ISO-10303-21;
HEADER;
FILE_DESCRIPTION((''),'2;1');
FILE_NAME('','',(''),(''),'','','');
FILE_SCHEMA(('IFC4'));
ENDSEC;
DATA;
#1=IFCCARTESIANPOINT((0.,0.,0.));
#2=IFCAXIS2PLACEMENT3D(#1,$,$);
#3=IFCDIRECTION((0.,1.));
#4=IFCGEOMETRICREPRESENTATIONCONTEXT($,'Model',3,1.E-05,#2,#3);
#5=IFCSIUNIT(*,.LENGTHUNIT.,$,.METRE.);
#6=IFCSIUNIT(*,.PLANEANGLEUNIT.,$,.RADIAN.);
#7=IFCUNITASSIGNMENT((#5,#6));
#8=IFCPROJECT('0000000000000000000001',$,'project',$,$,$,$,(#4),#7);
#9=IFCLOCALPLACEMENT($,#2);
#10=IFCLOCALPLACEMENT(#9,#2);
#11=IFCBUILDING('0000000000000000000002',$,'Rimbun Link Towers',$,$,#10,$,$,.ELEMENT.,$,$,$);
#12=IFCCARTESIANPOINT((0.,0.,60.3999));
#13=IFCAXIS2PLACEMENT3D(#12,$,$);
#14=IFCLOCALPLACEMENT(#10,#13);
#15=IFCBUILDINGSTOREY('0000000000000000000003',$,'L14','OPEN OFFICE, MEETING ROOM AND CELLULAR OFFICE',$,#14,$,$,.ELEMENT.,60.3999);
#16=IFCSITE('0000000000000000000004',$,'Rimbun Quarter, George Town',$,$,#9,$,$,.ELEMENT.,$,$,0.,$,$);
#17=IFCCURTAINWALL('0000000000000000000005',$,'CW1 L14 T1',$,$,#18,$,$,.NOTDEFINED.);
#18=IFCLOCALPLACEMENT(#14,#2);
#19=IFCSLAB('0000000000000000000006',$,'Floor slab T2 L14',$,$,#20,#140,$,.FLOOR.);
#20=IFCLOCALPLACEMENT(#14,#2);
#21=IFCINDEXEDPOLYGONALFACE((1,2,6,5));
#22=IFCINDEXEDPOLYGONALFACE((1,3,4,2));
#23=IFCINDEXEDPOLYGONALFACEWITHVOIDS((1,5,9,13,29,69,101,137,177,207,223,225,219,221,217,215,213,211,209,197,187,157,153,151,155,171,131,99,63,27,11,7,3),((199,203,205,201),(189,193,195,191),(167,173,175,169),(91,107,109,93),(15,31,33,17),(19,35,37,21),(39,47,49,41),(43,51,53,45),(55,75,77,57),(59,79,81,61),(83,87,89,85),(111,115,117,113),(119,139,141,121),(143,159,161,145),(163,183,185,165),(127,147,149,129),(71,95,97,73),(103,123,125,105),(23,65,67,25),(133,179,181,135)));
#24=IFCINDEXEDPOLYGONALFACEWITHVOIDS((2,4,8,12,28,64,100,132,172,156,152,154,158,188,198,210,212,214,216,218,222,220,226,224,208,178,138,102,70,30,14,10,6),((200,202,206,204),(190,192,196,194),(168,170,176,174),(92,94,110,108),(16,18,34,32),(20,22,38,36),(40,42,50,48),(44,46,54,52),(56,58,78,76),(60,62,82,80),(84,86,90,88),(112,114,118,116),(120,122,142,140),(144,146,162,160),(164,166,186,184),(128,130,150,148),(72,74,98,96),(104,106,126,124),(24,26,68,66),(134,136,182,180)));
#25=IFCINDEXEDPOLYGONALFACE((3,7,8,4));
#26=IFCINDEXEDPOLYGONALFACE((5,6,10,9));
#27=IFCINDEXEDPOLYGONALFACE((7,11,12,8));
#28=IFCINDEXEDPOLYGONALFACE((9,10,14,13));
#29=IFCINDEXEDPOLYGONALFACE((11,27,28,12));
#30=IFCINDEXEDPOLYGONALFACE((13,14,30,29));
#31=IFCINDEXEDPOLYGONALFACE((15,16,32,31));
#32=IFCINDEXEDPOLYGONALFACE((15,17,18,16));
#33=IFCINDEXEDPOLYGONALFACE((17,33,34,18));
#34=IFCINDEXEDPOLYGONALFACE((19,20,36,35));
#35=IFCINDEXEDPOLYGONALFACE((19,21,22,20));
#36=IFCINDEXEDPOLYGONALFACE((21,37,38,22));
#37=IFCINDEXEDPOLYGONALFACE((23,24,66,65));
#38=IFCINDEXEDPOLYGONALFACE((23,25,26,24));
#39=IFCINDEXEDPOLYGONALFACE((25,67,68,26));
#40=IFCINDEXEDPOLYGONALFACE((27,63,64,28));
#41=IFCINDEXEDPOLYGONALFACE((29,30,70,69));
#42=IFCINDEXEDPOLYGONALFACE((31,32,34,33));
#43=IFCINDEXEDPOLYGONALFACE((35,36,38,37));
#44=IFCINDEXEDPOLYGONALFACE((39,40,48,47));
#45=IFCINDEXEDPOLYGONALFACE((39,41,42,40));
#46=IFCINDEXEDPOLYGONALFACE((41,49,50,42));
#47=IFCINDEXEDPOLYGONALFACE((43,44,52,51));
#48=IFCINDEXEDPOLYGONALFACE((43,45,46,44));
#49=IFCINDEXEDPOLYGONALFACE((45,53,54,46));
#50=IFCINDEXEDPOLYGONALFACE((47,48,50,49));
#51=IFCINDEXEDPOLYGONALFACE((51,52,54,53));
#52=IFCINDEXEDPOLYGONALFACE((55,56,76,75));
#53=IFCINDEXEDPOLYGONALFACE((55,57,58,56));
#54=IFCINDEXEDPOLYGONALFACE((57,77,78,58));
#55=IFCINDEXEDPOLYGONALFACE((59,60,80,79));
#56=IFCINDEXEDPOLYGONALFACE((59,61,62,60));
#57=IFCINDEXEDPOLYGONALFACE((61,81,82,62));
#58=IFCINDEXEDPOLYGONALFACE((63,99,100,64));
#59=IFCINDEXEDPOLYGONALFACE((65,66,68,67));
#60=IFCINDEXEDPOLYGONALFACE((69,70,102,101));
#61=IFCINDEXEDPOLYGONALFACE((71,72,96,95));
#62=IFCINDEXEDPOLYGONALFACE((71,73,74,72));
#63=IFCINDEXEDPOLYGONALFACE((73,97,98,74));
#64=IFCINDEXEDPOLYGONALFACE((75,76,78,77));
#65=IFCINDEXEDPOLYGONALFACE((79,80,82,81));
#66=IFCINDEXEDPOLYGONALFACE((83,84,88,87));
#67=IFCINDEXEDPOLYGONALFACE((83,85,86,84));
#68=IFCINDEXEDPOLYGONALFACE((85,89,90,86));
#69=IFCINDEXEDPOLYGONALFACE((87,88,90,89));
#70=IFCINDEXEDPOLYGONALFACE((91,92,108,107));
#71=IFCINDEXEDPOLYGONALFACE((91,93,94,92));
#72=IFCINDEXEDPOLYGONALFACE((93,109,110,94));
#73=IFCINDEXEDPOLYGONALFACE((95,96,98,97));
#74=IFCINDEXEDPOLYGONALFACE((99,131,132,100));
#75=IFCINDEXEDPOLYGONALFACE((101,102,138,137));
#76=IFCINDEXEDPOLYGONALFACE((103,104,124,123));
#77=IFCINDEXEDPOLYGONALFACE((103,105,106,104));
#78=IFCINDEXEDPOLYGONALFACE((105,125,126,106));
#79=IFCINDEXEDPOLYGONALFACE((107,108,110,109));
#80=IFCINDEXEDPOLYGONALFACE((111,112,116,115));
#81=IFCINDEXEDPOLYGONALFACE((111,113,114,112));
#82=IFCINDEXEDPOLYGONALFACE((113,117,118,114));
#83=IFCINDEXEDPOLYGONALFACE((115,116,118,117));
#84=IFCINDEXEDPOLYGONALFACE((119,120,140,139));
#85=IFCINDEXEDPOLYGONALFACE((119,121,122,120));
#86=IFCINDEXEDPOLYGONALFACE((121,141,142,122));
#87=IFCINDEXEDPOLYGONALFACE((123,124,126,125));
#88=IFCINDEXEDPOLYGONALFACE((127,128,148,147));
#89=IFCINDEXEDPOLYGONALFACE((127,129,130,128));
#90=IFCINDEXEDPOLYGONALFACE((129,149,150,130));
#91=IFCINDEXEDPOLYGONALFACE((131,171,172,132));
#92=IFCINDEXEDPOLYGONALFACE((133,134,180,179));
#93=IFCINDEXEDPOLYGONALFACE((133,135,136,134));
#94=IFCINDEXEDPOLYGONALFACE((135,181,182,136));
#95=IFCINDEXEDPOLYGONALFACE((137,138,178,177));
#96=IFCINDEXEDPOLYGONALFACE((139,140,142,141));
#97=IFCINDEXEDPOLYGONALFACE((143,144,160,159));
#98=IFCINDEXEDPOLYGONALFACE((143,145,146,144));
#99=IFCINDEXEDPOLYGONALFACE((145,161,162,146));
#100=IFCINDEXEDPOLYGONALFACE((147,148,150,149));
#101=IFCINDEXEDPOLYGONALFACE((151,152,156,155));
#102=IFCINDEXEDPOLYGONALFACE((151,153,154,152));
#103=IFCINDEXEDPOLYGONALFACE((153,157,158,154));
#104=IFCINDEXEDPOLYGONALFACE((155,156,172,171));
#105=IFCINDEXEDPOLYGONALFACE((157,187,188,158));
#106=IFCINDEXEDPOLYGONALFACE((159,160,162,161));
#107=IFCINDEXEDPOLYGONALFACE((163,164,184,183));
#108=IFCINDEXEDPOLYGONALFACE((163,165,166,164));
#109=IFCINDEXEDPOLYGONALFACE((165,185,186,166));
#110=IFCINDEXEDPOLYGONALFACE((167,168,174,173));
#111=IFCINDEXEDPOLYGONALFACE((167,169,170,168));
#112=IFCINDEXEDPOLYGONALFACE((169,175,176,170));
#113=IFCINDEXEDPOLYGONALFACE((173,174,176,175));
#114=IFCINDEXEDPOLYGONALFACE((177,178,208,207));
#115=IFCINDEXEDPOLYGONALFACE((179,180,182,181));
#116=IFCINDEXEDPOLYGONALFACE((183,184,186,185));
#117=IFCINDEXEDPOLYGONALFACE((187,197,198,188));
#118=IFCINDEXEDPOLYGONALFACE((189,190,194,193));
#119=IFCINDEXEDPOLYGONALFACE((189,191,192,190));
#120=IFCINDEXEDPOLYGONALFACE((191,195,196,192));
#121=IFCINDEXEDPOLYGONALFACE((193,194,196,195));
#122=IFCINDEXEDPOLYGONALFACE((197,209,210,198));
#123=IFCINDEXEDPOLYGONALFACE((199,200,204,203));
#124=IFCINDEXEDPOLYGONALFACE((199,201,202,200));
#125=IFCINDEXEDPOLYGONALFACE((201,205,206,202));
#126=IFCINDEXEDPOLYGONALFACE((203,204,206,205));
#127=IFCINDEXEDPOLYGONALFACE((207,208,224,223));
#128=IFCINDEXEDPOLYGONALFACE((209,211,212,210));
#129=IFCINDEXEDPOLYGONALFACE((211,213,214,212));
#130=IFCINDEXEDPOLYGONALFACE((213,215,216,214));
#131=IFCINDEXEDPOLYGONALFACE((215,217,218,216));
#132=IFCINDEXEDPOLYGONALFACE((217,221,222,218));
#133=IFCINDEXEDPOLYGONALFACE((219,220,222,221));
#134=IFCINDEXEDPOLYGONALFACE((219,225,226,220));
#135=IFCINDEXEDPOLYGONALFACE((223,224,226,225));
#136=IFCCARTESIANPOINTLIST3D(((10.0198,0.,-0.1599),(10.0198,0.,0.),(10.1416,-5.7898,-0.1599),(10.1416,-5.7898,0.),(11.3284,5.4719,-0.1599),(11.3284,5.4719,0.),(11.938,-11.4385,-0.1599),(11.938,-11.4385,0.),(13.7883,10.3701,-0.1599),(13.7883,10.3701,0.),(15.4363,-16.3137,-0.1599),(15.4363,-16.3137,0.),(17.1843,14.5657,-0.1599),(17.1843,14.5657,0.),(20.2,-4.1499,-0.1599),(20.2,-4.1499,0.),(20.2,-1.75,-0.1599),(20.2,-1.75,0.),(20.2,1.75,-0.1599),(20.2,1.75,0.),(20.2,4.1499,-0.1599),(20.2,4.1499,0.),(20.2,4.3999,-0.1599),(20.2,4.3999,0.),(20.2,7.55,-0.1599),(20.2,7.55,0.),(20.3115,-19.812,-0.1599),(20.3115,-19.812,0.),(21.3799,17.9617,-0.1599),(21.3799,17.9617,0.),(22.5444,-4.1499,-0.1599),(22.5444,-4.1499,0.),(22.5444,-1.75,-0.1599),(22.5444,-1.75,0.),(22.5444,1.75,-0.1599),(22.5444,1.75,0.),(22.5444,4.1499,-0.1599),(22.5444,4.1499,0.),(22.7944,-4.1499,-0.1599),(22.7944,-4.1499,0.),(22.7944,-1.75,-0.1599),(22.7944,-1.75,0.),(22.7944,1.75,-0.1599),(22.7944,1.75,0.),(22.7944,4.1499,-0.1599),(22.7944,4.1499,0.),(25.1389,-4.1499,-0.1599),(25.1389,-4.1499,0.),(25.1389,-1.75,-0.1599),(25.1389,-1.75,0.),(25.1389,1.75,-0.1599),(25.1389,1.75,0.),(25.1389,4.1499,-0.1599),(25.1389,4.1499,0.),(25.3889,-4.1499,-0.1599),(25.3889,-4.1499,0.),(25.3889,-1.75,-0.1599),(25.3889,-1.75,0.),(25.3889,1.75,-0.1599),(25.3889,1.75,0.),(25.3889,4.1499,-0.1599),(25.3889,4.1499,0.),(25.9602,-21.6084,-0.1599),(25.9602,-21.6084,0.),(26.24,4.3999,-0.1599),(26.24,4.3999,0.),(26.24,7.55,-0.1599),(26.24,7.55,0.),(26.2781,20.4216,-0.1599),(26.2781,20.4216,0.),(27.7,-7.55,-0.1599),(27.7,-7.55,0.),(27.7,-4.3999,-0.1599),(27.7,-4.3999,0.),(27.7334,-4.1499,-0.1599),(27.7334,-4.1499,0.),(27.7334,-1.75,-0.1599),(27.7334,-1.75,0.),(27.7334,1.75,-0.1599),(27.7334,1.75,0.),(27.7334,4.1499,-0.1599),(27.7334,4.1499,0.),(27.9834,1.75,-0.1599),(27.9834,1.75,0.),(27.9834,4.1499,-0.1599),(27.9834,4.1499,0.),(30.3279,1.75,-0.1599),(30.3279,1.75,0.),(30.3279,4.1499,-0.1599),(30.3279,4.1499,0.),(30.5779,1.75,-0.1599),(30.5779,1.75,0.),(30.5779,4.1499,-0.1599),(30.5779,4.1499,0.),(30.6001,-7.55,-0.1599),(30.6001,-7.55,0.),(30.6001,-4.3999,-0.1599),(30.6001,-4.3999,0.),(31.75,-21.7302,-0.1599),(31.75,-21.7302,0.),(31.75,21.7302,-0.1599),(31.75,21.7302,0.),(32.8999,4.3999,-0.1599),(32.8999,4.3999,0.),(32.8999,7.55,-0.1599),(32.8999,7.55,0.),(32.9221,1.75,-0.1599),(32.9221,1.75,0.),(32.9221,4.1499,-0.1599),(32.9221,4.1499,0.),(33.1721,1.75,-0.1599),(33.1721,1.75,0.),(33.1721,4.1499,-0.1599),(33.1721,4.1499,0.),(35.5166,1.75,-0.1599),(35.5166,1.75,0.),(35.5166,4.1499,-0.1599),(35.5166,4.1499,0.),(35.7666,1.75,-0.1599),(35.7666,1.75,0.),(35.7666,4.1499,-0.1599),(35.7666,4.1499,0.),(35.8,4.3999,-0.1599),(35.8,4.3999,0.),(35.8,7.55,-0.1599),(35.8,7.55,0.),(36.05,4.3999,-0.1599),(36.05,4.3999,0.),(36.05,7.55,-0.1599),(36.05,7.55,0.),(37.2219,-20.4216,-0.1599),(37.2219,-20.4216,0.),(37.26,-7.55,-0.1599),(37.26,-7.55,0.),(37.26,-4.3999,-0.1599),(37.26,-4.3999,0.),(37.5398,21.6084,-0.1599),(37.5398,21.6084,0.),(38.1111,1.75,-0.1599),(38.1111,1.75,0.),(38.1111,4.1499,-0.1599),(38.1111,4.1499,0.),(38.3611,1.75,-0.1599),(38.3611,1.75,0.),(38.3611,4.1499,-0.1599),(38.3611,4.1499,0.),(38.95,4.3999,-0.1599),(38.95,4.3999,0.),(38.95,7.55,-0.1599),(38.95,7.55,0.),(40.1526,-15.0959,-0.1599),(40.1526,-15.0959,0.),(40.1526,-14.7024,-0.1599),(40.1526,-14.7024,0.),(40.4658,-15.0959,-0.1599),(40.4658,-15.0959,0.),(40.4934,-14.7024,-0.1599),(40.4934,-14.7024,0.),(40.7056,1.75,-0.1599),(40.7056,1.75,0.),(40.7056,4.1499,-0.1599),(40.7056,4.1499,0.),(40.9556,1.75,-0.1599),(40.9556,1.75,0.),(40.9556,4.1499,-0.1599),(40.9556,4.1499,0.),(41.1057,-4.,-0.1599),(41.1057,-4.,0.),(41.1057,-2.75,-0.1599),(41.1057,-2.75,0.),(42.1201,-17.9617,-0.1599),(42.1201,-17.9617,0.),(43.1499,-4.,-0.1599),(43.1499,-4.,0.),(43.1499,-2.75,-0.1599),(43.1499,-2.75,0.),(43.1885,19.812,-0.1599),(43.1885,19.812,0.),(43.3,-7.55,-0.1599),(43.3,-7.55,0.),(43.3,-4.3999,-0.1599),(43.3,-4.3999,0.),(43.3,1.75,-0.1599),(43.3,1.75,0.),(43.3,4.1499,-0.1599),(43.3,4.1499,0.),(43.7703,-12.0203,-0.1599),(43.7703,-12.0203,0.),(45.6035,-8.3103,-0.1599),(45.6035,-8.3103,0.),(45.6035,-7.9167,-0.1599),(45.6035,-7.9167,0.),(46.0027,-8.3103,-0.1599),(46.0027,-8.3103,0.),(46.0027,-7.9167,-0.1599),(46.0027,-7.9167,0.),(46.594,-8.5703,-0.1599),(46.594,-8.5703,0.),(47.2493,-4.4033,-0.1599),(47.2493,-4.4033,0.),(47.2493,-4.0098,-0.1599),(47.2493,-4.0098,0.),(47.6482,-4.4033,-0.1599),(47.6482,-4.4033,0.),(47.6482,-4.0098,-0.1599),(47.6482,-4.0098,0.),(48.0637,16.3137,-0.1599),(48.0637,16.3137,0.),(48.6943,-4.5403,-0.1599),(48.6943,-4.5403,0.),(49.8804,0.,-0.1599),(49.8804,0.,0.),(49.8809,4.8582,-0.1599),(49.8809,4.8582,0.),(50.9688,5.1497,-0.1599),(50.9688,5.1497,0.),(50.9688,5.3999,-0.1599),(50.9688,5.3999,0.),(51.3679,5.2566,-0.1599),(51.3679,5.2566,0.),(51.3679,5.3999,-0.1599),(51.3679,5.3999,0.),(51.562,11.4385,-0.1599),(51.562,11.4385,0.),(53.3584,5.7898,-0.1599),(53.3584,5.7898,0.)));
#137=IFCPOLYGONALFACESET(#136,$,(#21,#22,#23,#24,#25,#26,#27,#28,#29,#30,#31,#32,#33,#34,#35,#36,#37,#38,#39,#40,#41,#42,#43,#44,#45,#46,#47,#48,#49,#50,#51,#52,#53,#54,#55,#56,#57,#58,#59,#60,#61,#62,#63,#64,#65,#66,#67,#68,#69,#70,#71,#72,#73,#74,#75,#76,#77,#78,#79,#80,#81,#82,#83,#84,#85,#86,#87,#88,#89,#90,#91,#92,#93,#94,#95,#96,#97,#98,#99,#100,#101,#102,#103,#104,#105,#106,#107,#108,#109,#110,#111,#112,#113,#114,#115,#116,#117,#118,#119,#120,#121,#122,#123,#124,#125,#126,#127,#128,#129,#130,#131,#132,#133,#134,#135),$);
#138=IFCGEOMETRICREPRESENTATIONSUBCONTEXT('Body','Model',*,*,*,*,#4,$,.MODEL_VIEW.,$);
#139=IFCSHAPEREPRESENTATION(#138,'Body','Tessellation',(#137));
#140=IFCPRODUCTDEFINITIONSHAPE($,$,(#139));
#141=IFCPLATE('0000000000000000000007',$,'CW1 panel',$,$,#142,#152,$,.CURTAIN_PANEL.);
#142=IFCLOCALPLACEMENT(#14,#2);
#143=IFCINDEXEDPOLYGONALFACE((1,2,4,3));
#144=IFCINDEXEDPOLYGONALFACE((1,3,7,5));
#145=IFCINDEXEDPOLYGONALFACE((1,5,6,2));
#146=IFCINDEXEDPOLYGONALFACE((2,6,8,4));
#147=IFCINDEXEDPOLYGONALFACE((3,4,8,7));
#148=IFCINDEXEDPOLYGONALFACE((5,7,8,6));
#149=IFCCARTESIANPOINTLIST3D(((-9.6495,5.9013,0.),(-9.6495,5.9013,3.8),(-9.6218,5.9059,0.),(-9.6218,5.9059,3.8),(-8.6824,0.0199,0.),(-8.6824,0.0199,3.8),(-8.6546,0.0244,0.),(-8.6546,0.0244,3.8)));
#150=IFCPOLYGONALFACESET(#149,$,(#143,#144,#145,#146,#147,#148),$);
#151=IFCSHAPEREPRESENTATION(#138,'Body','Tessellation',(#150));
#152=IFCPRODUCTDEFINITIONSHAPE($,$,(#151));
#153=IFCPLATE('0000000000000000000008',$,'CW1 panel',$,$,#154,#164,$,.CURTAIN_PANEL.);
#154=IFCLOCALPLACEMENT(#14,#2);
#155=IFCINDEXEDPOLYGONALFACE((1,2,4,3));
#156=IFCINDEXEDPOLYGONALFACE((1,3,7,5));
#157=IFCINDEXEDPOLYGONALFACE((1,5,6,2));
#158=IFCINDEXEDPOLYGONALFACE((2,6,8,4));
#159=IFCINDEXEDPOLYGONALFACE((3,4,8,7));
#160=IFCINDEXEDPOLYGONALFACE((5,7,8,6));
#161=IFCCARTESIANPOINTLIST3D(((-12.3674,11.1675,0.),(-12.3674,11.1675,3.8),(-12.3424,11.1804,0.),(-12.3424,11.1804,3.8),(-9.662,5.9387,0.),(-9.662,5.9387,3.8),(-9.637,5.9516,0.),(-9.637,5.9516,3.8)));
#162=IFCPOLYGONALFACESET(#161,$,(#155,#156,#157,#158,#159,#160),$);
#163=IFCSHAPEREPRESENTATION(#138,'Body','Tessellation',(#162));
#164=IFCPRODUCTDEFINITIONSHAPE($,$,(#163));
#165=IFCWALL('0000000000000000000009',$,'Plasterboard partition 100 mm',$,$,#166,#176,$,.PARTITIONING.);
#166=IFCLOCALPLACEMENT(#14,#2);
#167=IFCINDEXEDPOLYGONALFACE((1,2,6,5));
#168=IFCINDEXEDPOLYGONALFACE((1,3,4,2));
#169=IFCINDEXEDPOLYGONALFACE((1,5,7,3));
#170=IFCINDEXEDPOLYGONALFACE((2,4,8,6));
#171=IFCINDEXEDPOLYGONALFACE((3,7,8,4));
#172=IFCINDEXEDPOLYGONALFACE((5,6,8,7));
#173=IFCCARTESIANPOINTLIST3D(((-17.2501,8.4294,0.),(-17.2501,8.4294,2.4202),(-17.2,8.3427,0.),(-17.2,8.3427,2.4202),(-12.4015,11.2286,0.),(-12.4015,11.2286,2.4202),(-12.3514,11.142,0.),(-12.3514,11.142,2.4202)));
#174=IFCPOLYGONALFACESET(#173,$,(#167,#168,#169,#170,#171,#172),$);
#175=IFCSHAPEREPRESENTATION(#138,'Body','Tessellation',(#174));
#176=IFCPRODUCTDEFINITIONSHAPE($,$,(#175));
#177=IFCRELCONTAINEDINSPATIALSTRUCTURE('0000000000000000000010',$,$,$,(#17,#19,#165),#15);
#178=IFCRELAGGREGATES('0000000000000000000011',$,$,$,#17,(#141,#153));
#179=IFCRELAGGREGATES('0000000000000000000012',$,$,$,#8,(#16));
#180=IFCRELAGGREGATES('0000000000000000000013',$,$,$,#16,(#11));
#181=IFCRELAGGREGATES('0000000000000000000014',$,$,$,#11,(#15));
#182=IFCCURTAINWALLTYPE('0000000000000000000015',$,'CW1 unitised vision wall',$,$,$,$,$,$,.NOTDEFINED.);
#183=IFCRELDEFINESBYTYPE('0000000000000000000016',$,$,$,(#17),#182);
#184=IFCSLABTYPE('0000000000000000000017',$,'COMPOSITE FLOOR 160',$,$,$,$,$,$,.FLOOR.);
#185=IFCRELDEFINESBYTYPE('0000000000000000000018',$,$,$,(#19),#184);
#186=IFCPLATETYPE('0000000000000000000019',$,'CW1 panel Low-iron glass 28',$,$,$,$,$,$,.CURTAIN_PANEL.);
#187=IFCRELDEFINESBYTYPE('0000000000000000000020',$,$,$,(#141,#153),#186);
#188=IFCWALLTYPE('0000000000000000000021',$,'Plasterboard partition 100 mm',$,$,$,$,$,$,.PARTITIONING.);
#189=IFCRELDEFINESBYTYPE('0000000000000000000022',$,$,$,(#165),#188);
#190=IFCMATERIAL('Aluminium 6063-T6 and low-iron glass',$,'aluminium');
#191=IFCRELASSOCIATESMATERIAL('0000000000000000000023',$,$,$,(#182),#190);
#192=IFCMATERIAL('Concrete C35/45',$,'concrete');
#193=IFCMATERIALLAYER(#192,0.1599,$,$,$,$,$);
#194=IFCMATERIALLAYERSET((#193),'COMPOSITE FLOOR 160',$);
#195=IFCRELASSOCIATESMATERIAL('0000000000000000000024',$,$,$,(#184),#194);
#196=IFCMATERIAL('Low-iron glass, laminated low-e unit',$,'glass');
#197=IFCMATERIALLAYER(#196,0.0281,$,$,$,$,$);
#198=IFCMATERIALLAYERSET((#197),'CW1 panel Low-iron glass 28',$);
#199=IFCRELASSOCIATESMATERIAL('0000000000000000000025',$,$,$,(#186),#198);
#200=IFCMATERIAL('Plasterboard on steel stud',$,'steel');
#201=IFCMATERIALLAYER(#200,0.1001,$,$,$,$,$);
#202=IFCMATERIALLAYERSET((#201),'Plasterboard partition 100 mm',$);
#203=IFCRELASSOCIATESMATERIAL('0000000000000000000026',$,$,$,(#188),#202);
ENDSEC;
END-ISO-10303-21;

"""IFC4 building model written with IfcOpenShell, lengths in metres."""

from ifc_helpers import new_model, si_unit, direction, frame, frame_2d, origin, origin_2d, place, context, subcontext, project, spatial, polyline, rectangle, outline, extrude, material, layer, layer_set, type_object, element, aggregate, save


model = new_model("IFC4")

# Units and contexts
model_context = context("Model", 3, precision=1e-05, world=origin(), true_north=direction((0.0, 1.0)))
body_context = subcontext(model_context, "Body", "Model", "MODEL_VIEW")
ifc_project = project(units=[si_unit("LENGTHUNIT", "METRE"), si_unit("PLANEANGLEUNIT", "RADIAN")], contexts=[model_context])

# Site, building, storey
site_placement = place(None, origin())
site = spatial("IfcSite", under=ifc_project, at=site_placement, Name="Rimbun Quarter, George Town", CompositionType="ELEMENT", RefElevation=0.0)
building_placement = place(site_placement, origin())
building = spatial("IfcBuilding", under=site, at=building_placement, Name="Rimbun Link Towers", CompositionType="ELEMENT")
storey_placement = place(building_placement, frame((0.0, 0.0, 60.3999)))
storey = spatial("IfcBuildingStorey", under=building, at=storey_placement, Name="L14", Description="OPEN OFFICE, MEETING ROOM AND CELLULAR OFFICE", CompositionType="ELEMENT", Elevation=60.3999)

# Curtain wall
ifc_material_1 = material(Name="Aluminium 6063-T6 and low-iron glass", Category="aluminium")
curtain_wall_type = type_object("IfcCurtainWallType", Name="CW1 unitised vision wall", PredefinedType="NOTDEFINED", material=ifc_material_1)
curtain_wall_placement = place(storey_placement, origin())
curtain_wall = element("IfcCurtainWall", 1, at=curtain_wall_placement, inside=storey, type_object=curtain_wall_type, Name="CW1 L14 T1", PredefinedType="NOTDEFINED")

# Slab
ifc_material_2 = material(Name="Concrete C35/45", Category="concrete")
ifc_layer_1 = layer(ifc_material_2, 0.1599)
ifc_layer_set_1 = layer_set([ifc_layer_1], Name="COMPOSITE FLOOR 160")
slab_type = type_object("IfcSlabType", Name="COMPOSITE FLOOR 160", PredefinedType="FLOOR", material=ifc_layer_set_1)
slab_placement = place(storey_placement, frame((0.0, 0.0, -0.1599)))
element("IfcSlab", 2, at=slab_placement, inside=storey, type_object=slab_type, Name="Floor slab T2 L14", PredefinedType="FLOOR", context=body_context, shape_type="SweptSolid", body=[
    extrude(outline(polyline([(42.1201, -17.9617), (37.2219, -20.4216), (31.75, -21.7302), (25.9602, -21.6084), (20.3115, -19.812), (15.4363, -16.3137), (11.938, -11.4385), (10.1416, -5.7898), (10.0198, 0.0), (11.3284, 5.4719), (13.7883, 10.3701), (17.1843, 14.5657), (21.3799, 17.9617), (26.2781, 20.4216), (31.75, 21.7302), (37.5398, 21.6084), (43.1885, 19.812), (48.0637, 16.3137), (51.562, 11.4385), (53.3584, 5.7898), (51.3679, 5.2566), (51.3679, 5.3999), (50.9688, 5.3999), (50.9688, 5.1497), (49.8809, 4.8582), (49.8804, 0.0), (48.6943, -4.5403), (46.594, -8.5703), (43.7703, -12.0203), (40.4934, -14.7024), (40.1526, -14.7024), (40.1526, -15.0959), (40.4658, -15.0959), (42.1201, -17.9617)]), holes=[polyline([(30.6001, -7.55), (30.6001, -4.3999), (27.7, -4.3999), (27.7, -7.55), (30.6001, -7.55)]), polyline([(22.5444, -4.1499), (22.5444, -1.75), (20.2, -1.75), (20.2, -4.1499), (22.5444, -4.1499)]), polyline([(25.1389, -4.1499), (25.1389, -1.75), (22.7944, -1.75), (22.7944, -4.1499), (25.1389, -4.1499)]), polyline([(25.3889, -4.1499), (27.7334, -4.1499), (27.7334, -1.75), (25.3889, -1.75), (25.3889, -4.1499)]), polyline([(20.2, 1.75), (22.5444, 1.75), (22.5444, 4.1499), (20.2, 4.1499), (20.2, 1.75)]), polyline([(25.1389, 1.75), (25.1389, 4.1499), (22.7944, 4.1499), (22.7944, 1.75), (25.1389, 1.75)]), polyline([(25.3889, 1.75), (27.7334, 1.75), (27.7334, 4.1499), (25.3889, 4.1499), (25.3889, 1.75)]), polyline([(27.9834, 1.75), (30.3279, 1.75), (30.3279, 4.1499), (27.9834, 4.1499), (27.9834, 1.75)]), polyline([(32.9221, 1.75), (32.9221, 4.1499), (30.5779, 4.1499), (30.5779, 1.75), (32.9221, 1.75)]), polyline([(33.1721, 1.75), (35.5166, 1.75), (35.5166, 4.1499), (33.1721, 4.1499), (33.1721, 1.75)]), polyline([(20.2, 4.3999), (26.24, 4.3999), (26.24, 7.55), (20.2, 7.55), (20.2, 4.3999)]), polyline([(46.0027, -8.3103), (46.0027, -7.9167), (45.6035, -7.9167), (45.6035, -8.3103), (46.0027, -8.3103)]), polyline([(43.3, -7.55), (43.3, -4.3999), (37.26, -4.3999), (37.26, -7.55), (43.3, -7.55)]), polyline([(47.2493, -4.4033), (47.6482, -4.4033), (47.6482, -4.0098), (47.2493, -4.0098), (47.2493, -4.4033)]), polyline([(41.1057, -2.75), (41.1057, -4.0), (43.1499, -4.0), (43.1499, -2.75), (41.1057, -2.75)]), polyline([(38.1111, 1.75), (38.1111, 4.1499), (35.7666, 4.1499), (35.7666, 1.75), (38.1111, 1.75)]), polyline([(38.3611, 1.75), (40.7056, 1.75), (40.7056, 4.1499), (38.3611, 4.1499), (38.3611, 1.75)]), polyline([(40.9556, 1.75), (43.3, 1.75), (43.3, 4.1499), (40.9556, 4.1499), (40.9556, 1.75)]), polyline([(32.8999, 4.3999), (35.8, 4.3999), (35.8, 7.55), (32.8999, 7.55), (32.8999, 4.3999)]), polyline([(36.05, 4.3999), (38.95, 4.3999), (38.95, 7.55), (36.05, 7.55), (36.05, 4.3999)])]), origin(), (0.0, 0.0, 1.0), 0.1599),
])

# Plates
ifc_material_3 = material(Name="Low-iron glass, laminated low-e unit", Category="glass")
ifc_layer_2 = layer(ifc_material_3, 0.0281)
ifc_layer_set_2 = layer_set([ifc_layer_2], Name="CW1 panel Low-iron glass 28")
plate_type = type_object("IfcPlateType", Name="CW1 panel Low-iron glass 28", PredefinedType="CURTAIN_PANEL", material=ifc_layer_set_2)
plate_1_placement = place(storey_placement, frame((-9.1521, 2.9629, 0.0), z_axis=(0.0, 0.0, 1.0), x_axis=(0.162269, -0.986747, 0.0)))
plate_1 = element("IfcPlate", 3, at=plate_1_placement, type_object=plate_type, Name="CW1 panel", PredefinedType="CURTAIN_PANEL", context=body_context, shape_type="SweptSolid", body=[
    extrude(rectangle(XDim=5.9604, YDim=0.0281, at=origin_2d()), origin(), (0.0, 0.0, 1.0), 3.8),
])
plate_2_placement = place(storey_placement, frame((-11.0022, 8.5596, 0.0), z_axis=(0.0, 0.0, 1.0), x_axis=(0.459541, -0.888157, 0.0)))
plate_2 = element("IfcPlate", 4, at=plate_2_placement, type_object=plate_type, Name="CW1 panel", PredefinedType="CURTAIN_PANEL", context=body_context, shape_type="SweptSolid", body=[
    extrude(rectangle(XDim=5.8872, YDim=0.0281, at=origin_2d()), origin(), (0.0, 0.0, 1.0), 3.8),
])
aggregate(curtain_wall, [plate_1, plate_2])

# Wall
ifc_material_4 = material(Name="Plasterboard on steel stud", Category="steel")
ifc_layer_3 = layer(ifc_material_4, 0.1001)
ifc_layer_set_3 = layer_set([ifc_layer_3], Name="Plasterboard partition 100 mm")
wall_type = type_object("IfcWallType", Name="Plasterboard partition 100 mm", PredefinedType="PARTITIONING", material=ifc_layer_set_3)
wall_placement = place(storey_placement, frame((-12.3765, 11.1853, 0.0), z_axis=(0.0, 0.0, 1.0), x_axis=(-0.866029, -0.499994, 0.0)))
element("IfcWall", 5, at=wall_placement, inside=storey, type_object=wall_type, Name="Plasterboard partition 100 mm", PredefinedType="PARTITIONING", context=body_context, shape_type="SweptSolid", body=[
    extrude(rectangle(XDim=5.5986, YDim=0.1001, at=frame_2d((2.7993, 0.0))), origin(), (0.0, 0.0, 1.0), 2.4202),
])

save(model, "model.ifc")
